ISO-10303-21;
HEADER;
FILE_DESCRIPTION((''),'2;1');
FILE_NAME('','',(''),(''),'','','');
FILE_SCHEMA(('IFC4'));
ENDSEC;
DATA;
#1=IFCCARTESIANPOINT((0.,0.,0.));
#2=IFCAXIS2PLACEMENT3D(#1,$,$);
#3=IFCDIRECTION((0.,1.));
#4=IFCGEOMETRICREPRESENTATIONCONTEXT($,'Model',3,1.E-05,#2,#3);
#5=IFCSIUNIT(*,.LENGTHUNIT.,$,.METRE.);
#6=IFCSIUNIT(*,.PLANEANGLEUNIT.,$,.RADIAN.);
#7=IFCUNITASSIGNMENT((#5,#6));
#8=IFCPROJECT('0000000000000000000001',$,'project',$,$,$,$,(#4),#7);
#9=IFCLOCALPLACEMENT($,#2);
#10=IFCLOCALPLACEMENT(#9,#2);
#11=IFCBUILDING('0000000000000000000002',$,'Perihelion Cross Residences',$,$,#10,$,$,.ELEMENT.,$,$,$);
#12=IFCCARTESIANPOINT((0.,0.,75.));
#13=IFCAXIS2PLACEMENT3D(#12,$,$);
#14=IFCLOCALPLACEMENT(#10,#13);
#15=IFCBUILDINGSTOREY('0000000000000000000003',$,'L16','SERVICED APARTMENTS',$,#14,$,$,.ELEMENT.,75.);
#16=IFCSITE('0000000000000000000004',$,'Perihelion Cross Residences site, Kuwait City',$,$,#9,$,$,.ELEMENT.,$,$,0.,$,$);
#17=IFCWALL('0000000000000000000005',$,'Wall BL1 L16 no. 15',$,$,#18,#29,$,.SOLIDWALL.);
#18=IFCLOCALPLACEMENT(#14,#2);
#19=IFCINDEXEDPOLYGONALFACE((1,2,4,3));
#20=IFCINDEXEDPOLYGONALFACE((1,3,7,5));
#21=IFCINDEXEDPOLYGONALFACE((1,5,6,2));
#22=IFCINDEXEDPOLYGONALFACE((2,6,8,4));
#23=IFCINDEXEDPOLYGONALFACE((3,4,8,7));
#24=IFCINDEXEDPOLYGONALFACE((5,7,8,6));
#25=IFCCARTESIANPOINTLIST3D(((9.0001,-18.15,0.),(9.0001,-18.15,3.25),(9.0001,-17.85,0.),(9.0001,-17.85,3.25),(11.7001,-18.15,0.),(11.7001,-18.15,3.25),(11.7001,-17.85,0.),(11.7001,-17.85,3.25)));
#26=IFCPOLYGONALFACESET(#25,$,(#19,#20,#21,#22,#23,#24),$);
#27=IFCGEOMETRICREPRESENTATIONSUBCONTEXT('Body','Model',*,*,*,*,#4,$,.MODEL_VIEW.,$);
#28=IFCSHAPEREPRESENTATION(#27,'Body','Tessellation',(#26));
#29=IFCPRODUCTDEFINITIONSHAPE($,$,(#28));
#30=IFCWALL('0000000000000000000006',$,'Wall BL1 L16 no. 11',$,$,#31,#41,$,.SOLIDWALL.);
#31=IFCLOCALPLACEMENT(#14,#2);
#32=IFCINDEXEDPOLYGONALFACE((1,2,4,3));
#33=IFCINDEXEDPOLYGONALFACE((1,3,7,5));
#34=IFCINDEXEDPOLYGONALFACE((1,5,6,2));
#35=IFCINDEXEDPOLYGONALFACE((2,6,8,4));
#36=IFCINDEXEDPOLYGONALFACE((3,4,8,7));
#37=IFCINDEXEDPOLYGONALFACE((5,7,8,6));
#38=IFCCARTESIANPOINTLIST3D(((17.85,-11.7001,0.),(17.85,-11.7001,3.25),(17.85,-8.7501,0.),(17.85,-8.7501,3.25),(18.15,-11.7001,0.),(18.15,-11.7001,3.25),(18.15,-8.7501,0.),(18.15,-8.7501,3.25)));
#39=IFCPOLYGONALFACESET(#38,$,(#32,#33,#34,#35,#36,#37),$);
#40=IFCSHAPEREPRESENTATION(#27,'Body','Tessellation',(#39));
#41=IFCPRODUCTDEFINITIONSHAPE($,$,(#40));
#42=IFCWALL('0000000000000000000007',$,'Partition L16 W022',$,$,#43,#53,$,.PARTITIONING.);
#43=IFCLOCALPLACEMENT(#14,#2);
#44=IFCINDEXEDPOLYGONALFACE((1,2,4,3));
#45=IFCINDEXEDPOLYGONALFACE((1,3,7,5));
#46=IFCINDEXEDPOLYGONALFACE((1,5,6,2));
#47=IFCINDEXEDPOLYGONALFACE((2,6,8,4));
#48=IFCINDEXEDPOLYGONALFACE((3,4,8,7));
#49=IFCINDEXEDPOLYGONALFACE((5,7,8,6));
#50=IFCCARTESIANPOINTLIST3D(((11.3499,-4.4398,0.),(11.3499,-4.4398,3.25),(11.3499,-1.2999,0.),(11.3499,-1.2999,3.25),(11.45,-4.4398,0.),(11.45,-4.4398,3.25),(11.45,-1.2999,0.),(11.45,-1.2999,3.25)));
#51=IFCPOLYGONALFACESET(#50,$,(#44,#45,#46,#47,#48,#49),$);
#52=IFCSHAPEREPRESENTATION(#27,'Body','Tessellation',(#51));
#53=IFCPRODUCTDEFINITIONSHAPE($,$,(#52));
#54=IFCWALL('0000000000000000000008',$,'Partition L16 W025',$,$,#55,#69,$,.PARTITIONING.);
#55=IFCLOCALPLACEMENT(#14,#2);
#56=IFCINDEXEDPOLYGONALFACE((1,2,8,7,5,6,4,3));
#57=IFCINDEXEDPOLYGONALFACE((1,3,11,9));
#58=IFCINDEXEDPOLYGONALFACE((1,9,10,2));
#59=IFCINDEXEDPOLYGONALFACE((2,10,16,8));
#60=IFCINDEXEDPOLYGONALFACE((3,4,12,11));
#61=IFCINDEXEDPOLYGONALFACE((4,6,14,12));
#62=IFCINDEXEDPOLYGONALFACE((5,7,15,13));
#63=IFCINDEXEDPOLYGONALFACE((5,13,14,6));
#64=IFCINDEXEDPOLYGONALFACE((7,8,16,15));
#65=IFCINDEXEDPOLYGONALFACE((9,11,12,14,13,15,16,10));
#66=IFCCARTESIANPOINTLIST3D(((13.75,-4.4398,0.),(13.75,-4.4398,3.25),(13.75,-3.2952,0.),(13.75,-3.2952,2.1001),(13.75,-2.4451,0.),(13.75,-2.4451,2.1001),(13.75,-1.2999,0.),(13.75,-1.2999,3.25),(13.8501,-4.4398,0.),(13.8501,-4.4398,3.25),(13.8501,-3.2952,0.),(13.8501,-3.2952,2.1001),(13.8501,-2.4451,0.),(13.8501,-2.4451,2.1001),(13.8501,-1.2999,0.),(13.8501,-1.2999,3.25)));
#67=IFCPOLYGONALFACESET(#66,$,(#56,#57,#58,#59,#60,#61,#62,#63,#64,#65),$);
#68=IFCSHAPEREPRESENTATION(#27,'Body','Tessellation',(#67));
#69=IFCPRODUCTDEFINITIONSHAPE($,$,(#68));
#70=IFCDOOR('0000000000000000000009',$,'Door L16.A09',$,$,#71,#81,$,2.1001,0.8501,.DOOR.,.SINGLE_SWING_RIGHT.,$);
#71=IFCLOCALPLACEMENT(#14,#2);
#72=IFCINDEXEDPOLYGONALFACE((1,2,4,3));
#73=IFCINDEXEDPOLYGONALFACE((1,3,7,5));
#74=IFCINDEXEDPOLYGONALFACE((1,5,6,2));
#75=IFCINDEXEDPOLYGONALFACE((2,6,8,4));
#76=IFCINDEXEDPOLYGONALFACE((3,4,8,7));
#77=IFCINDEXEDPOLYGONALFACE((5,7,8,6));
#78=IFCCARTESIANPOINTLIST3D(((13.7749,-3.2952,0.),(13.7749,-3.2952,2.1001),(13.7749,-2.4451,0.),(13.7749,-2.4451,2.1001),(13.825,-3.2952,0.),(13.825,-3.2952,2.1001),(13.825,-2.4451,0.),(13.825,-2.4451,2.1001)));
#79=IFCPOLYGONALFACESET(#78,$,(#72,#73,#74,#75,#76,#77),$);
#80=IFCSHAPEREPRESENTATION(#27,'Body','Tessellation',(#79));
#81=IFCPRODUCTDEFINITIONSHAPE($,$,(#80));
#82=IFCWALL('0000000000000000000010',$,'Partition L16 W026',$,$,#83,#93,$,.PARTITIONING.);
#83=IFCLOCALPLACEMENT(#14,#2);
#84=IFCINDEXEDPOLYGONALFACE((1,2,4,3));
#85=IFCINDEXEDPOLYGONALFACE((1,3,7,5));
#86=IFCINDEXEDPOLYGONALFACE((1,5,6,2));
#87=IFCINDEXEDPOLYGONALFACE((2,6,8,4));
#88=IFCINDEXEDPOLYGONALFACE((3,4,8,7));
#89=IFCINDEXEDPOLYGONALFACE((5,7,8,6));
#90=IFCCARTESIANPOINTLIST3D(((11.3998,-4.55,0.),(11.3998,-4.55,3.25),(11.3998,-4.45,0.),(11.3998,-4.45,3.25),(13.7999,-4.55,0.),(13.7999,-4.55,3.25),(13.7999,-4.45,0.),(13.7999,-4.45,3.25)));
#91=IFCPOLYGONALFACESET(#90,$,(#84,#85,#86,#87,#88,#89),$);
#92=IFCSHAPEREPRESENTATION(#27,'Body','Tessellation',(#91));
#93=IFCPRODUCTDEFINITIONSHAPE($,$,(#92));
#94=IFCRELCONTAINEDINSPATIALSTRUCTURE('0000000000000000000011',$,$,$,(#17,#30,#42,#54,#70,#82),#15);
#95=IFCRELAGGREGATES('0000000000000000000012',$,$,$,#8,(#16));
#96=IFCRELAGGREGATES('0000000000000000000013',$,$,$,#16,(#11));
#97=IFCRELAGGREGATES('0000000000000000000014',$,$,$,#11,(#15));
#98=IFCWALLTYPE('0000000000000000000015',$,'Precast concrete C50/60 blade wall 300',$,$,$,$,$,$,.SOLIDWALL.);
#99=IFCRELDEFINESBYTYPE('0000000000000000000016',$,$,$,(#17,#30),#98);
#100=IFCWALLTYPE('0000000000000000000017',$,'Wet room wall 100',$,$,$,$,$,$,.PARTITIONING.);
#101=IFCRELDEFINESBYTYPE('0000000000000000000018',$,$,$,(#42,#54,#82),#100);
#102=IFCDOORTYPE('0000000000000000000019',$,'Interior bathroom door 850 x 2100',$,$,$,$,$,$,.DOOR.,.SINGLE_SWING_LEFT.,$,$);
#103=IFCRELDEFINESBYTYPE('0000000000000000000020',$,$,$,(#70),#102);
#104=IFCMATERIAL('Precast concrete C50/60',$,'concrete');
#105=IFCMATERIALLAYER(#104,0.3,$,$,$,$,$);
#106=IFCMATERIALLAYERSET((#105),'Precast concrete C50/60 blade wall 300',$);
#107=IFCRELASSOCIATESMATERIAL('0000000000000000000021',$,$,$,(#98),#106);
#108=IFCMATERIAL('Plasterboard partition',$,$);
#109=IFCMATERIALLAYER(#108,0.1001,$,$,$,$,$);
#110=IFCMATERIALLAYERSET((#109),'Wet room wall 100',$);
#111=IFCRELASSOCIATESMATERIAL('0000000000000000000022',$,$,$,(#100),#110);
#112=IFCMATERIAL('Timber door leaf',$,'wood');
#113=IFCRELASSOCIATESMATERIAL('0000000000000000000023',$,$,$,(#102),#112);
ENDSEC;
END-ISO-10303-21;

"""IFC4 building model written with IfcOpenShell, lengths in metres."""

from ifc_helpers import new_model, si_unit, direction, frame, frame_2d, origin, place, context, subcontext, project, spatial, rectangle, extrude, material, layer, layer_set, type_object, element, fill, save


model = new_model("IFC4")

# Units and contexts
model_context = context("Model", 3, precision=1e-05, world=origin(), true_north=direction((0.0, 1.0)))
body_context = subcontext(model_context, "Body", "Model", "MODEL_VIEW")
ifc_project = project(units=[si_unit("LENGTHUNIT", "METRE"), si_unit("PLANEANGLEUNIT", "RADIAN")], contexts=[model_context])

# Site, building, storey
site_placement = place(None, origin())
site = spatial("IfcSite", under=ifc_project, at=site_placement, Name="Perihelion Cross Residences site, Kuwait City", CompositionType="ELEMENT", RefElevation=0.0)
building_placement = place(site_placement, origin())
building = spatial("IfcBuilding", under=site, at=building_placement, Name="Perihelion Cross Residences", CompositionType="ELEMENT")
storey_placement = place(building_placement, frame((0.0, 0.0, 75.0)))
storey = spatial("IfcBuildingStorey", under=building, at=storey_placement, Name="L16", Description="SERVICED APARTMENTS", CompositionType="ELEMENT", Elevation=75.0)

# Walls
ifc_material_1 = material(Name="Precast concrete C50/60", Category="concrete")
ifc_layer_1 = layer(ifc_material_1, 0.3)
ifc_layer_set_1 = layer_set([ifc_layer_1], Name="Precast concrete C50/60 blade wall 300")
wall_type_1 = type_object("IfcWallType", Name="Precast concrete C50/60 blade wall 300", PredefinedType="SOLIDWALL", material=ifc_layer_set_1)
wall_1_placement = place(storey_placement, frame((9.0, -18.0, 0.0), z_axis=(0.0, 0.0, 1.0), x_axis=(1.0, 0.0, 0.0)))
element("IfcWall", 1, at=wall_1_placement, inside=storey, type_object=wall_type_1, Name="Wall BL1 L16 no. 15", PredefinedType="SOLIDWALL", context=body_context, shape_type="SweptSolid", body=[
    extrude(rectangle(XDim=2.7, YDim=0.3, at=frame_2d((1.3501, 0.0))), origin(), (0.0, 0.0, 1.0), 3.25),
])
wall_2_placement = place(storey_placement, frame((18.0, -8.75, 0.0), z_axis=(0.0, 0.0, 1.0), x_axis=(0.0, -1.0, 0.0)))
element("IfcWall", 2, at=wall_2_placement, inside=storey, type_object=wall_type_1, Name="Wall BL1 L16 no. 11", PredefinedType="SOLIDWALL", context=body_context, shape_type="SweptSolid", body=[
    extrude(rectangle(XDim=2.95, YDim=0.3, at=frame_2d((1.4751, 0.0))), origin(), (0.0, 0.0, 1.0), 3.25),
])
ifc_material_2 = material(Name="Plasterboard partition")
ifc_layer_2 = layer(ifc_material_2, 0.1001)
ifc_layer_set_2 = layer_set([ifc_layer_2], Name="Wet room wall 100")
wall_type_2 = type_object("IfcWallType", Name="Wet room wall 100", PredefinedType="PARTITIONING", material=ifc_layer_set_2)
wall_3_placement = place(storey_placement, frame((11.3999, -1.3, 0.0), z_axis=(0.0, 0.0, 1.0), x_axis=(0.0, -1.0, 0.0)))
element("IfcWall", 3, at=wall_3_placement, inside=storey, type_object=wall_type_2, Name="Partition L16 W022", PredefinedType="PARTITIONING", context=body_context, shape_type="SweptSolid", body=[
    extrude(rectangle(XDim=3.1399, YDim=0.1001, at=frame_2d((1.5698, 0.0))), origin(), (0.0, 0.0, 1.0), 3.25),
])

# Wall, opening, door
wall_4_placement = place(storey_placement, frame((13.8, -1.3, 0.0), z_axis=(0.0, 0.0, 1.0), x_axis=(0.0, -1.0, 0.0)))
wall_4 = element("IfcWall", 4, at=wall_4_placement, inside=storey, type_object=wall_type_2, Name="Partition L16 W025", PredefinedType="PARTITIONING", context=body_context, shape_type="SweptSolid", body=[
    extrude(rectangle(XDim=3.1399, YDim=0.1001, at=frame_2d((1.5698, 0.0))), origin(), (0.0, 0.0, 1.0), 3.25),
])
opening_1_placement = place(wall_4_placement, frame((1.145, 0.0, 0.0)))
opening_1 = element("IfcOpeningElement", 5, at=opening_1_placement, cuts=wall_4, PredefinedType="OPENING", context=body_context, shape_type="SweptSolid", body=[
    extrude(rectangle(XDim=0.8501, YDim=2.1001, at=frame_2d((0.425, 1.05))), frame((0.0, 0.0601, 0.0), z_axis=(0.0, -1.0, 0.0), x_axis=(1.0, 0.0, 0.0)), (0.0, 0.0, 1.0), 0.1201),
])
ifc_material_3 = material(Name="Timber door leaf", Category="wood")
door_type_1 = type_object("IfcDoorType", Name="Interior bathroom door 850 x 2100", OperationType="SINGLE_SWING_LEFT", PredefinedType="DOOR", material=ifc_material_3)
door_1_placement = place(opening_1_placement, origin())
door_1 = element("IfcDoor", 6, at=door_1_placement, inside=storey, type_object=door_type_1, Name="Door L16.A09", OperationType="SINGLE_SWING_RIGHT", OverallHeight=2.1001, OverallWidth=0.8501, PredefinedType="DOOR", context=body_context, shape_type="SweptSolid", body=[
    extrude(rectangle(XDim=0.8501, YDim=2.1001, at=frame_2d((0.425, 1.05))), frame((0.0, 0.0249, 0.0), z_axis=(0.0, -1.0, 0.0), x_axis=(1.0, 0.0, 0.0)), (0.0, 0.0, 1.0), 0.05),
])
fill(opening_1, door_1)

# Wall
wall_5_placement = place(storey_placement, frame((13.8, -4.5, 0.0), z_axis=(0.0, 0.0, 1.0), x_axis=(-1.0, 0.0, 0.0)))
element("IfcWall", 7, at=wall_5_placement, inside=storey, type_object=wall_type_2, Name="Partition L16 W026", PredefinedType="PARTITIONING", context=body_context, shape_type="SweptSolid", body=[
    extrude(rectangle(XDim=2.4001, YDim=0.1001, at=frame_2d((1.2002, 0.0))), origin(), (0.0, 0.0, 1.0), 3.25),
])

save(model, "model.ifc")
